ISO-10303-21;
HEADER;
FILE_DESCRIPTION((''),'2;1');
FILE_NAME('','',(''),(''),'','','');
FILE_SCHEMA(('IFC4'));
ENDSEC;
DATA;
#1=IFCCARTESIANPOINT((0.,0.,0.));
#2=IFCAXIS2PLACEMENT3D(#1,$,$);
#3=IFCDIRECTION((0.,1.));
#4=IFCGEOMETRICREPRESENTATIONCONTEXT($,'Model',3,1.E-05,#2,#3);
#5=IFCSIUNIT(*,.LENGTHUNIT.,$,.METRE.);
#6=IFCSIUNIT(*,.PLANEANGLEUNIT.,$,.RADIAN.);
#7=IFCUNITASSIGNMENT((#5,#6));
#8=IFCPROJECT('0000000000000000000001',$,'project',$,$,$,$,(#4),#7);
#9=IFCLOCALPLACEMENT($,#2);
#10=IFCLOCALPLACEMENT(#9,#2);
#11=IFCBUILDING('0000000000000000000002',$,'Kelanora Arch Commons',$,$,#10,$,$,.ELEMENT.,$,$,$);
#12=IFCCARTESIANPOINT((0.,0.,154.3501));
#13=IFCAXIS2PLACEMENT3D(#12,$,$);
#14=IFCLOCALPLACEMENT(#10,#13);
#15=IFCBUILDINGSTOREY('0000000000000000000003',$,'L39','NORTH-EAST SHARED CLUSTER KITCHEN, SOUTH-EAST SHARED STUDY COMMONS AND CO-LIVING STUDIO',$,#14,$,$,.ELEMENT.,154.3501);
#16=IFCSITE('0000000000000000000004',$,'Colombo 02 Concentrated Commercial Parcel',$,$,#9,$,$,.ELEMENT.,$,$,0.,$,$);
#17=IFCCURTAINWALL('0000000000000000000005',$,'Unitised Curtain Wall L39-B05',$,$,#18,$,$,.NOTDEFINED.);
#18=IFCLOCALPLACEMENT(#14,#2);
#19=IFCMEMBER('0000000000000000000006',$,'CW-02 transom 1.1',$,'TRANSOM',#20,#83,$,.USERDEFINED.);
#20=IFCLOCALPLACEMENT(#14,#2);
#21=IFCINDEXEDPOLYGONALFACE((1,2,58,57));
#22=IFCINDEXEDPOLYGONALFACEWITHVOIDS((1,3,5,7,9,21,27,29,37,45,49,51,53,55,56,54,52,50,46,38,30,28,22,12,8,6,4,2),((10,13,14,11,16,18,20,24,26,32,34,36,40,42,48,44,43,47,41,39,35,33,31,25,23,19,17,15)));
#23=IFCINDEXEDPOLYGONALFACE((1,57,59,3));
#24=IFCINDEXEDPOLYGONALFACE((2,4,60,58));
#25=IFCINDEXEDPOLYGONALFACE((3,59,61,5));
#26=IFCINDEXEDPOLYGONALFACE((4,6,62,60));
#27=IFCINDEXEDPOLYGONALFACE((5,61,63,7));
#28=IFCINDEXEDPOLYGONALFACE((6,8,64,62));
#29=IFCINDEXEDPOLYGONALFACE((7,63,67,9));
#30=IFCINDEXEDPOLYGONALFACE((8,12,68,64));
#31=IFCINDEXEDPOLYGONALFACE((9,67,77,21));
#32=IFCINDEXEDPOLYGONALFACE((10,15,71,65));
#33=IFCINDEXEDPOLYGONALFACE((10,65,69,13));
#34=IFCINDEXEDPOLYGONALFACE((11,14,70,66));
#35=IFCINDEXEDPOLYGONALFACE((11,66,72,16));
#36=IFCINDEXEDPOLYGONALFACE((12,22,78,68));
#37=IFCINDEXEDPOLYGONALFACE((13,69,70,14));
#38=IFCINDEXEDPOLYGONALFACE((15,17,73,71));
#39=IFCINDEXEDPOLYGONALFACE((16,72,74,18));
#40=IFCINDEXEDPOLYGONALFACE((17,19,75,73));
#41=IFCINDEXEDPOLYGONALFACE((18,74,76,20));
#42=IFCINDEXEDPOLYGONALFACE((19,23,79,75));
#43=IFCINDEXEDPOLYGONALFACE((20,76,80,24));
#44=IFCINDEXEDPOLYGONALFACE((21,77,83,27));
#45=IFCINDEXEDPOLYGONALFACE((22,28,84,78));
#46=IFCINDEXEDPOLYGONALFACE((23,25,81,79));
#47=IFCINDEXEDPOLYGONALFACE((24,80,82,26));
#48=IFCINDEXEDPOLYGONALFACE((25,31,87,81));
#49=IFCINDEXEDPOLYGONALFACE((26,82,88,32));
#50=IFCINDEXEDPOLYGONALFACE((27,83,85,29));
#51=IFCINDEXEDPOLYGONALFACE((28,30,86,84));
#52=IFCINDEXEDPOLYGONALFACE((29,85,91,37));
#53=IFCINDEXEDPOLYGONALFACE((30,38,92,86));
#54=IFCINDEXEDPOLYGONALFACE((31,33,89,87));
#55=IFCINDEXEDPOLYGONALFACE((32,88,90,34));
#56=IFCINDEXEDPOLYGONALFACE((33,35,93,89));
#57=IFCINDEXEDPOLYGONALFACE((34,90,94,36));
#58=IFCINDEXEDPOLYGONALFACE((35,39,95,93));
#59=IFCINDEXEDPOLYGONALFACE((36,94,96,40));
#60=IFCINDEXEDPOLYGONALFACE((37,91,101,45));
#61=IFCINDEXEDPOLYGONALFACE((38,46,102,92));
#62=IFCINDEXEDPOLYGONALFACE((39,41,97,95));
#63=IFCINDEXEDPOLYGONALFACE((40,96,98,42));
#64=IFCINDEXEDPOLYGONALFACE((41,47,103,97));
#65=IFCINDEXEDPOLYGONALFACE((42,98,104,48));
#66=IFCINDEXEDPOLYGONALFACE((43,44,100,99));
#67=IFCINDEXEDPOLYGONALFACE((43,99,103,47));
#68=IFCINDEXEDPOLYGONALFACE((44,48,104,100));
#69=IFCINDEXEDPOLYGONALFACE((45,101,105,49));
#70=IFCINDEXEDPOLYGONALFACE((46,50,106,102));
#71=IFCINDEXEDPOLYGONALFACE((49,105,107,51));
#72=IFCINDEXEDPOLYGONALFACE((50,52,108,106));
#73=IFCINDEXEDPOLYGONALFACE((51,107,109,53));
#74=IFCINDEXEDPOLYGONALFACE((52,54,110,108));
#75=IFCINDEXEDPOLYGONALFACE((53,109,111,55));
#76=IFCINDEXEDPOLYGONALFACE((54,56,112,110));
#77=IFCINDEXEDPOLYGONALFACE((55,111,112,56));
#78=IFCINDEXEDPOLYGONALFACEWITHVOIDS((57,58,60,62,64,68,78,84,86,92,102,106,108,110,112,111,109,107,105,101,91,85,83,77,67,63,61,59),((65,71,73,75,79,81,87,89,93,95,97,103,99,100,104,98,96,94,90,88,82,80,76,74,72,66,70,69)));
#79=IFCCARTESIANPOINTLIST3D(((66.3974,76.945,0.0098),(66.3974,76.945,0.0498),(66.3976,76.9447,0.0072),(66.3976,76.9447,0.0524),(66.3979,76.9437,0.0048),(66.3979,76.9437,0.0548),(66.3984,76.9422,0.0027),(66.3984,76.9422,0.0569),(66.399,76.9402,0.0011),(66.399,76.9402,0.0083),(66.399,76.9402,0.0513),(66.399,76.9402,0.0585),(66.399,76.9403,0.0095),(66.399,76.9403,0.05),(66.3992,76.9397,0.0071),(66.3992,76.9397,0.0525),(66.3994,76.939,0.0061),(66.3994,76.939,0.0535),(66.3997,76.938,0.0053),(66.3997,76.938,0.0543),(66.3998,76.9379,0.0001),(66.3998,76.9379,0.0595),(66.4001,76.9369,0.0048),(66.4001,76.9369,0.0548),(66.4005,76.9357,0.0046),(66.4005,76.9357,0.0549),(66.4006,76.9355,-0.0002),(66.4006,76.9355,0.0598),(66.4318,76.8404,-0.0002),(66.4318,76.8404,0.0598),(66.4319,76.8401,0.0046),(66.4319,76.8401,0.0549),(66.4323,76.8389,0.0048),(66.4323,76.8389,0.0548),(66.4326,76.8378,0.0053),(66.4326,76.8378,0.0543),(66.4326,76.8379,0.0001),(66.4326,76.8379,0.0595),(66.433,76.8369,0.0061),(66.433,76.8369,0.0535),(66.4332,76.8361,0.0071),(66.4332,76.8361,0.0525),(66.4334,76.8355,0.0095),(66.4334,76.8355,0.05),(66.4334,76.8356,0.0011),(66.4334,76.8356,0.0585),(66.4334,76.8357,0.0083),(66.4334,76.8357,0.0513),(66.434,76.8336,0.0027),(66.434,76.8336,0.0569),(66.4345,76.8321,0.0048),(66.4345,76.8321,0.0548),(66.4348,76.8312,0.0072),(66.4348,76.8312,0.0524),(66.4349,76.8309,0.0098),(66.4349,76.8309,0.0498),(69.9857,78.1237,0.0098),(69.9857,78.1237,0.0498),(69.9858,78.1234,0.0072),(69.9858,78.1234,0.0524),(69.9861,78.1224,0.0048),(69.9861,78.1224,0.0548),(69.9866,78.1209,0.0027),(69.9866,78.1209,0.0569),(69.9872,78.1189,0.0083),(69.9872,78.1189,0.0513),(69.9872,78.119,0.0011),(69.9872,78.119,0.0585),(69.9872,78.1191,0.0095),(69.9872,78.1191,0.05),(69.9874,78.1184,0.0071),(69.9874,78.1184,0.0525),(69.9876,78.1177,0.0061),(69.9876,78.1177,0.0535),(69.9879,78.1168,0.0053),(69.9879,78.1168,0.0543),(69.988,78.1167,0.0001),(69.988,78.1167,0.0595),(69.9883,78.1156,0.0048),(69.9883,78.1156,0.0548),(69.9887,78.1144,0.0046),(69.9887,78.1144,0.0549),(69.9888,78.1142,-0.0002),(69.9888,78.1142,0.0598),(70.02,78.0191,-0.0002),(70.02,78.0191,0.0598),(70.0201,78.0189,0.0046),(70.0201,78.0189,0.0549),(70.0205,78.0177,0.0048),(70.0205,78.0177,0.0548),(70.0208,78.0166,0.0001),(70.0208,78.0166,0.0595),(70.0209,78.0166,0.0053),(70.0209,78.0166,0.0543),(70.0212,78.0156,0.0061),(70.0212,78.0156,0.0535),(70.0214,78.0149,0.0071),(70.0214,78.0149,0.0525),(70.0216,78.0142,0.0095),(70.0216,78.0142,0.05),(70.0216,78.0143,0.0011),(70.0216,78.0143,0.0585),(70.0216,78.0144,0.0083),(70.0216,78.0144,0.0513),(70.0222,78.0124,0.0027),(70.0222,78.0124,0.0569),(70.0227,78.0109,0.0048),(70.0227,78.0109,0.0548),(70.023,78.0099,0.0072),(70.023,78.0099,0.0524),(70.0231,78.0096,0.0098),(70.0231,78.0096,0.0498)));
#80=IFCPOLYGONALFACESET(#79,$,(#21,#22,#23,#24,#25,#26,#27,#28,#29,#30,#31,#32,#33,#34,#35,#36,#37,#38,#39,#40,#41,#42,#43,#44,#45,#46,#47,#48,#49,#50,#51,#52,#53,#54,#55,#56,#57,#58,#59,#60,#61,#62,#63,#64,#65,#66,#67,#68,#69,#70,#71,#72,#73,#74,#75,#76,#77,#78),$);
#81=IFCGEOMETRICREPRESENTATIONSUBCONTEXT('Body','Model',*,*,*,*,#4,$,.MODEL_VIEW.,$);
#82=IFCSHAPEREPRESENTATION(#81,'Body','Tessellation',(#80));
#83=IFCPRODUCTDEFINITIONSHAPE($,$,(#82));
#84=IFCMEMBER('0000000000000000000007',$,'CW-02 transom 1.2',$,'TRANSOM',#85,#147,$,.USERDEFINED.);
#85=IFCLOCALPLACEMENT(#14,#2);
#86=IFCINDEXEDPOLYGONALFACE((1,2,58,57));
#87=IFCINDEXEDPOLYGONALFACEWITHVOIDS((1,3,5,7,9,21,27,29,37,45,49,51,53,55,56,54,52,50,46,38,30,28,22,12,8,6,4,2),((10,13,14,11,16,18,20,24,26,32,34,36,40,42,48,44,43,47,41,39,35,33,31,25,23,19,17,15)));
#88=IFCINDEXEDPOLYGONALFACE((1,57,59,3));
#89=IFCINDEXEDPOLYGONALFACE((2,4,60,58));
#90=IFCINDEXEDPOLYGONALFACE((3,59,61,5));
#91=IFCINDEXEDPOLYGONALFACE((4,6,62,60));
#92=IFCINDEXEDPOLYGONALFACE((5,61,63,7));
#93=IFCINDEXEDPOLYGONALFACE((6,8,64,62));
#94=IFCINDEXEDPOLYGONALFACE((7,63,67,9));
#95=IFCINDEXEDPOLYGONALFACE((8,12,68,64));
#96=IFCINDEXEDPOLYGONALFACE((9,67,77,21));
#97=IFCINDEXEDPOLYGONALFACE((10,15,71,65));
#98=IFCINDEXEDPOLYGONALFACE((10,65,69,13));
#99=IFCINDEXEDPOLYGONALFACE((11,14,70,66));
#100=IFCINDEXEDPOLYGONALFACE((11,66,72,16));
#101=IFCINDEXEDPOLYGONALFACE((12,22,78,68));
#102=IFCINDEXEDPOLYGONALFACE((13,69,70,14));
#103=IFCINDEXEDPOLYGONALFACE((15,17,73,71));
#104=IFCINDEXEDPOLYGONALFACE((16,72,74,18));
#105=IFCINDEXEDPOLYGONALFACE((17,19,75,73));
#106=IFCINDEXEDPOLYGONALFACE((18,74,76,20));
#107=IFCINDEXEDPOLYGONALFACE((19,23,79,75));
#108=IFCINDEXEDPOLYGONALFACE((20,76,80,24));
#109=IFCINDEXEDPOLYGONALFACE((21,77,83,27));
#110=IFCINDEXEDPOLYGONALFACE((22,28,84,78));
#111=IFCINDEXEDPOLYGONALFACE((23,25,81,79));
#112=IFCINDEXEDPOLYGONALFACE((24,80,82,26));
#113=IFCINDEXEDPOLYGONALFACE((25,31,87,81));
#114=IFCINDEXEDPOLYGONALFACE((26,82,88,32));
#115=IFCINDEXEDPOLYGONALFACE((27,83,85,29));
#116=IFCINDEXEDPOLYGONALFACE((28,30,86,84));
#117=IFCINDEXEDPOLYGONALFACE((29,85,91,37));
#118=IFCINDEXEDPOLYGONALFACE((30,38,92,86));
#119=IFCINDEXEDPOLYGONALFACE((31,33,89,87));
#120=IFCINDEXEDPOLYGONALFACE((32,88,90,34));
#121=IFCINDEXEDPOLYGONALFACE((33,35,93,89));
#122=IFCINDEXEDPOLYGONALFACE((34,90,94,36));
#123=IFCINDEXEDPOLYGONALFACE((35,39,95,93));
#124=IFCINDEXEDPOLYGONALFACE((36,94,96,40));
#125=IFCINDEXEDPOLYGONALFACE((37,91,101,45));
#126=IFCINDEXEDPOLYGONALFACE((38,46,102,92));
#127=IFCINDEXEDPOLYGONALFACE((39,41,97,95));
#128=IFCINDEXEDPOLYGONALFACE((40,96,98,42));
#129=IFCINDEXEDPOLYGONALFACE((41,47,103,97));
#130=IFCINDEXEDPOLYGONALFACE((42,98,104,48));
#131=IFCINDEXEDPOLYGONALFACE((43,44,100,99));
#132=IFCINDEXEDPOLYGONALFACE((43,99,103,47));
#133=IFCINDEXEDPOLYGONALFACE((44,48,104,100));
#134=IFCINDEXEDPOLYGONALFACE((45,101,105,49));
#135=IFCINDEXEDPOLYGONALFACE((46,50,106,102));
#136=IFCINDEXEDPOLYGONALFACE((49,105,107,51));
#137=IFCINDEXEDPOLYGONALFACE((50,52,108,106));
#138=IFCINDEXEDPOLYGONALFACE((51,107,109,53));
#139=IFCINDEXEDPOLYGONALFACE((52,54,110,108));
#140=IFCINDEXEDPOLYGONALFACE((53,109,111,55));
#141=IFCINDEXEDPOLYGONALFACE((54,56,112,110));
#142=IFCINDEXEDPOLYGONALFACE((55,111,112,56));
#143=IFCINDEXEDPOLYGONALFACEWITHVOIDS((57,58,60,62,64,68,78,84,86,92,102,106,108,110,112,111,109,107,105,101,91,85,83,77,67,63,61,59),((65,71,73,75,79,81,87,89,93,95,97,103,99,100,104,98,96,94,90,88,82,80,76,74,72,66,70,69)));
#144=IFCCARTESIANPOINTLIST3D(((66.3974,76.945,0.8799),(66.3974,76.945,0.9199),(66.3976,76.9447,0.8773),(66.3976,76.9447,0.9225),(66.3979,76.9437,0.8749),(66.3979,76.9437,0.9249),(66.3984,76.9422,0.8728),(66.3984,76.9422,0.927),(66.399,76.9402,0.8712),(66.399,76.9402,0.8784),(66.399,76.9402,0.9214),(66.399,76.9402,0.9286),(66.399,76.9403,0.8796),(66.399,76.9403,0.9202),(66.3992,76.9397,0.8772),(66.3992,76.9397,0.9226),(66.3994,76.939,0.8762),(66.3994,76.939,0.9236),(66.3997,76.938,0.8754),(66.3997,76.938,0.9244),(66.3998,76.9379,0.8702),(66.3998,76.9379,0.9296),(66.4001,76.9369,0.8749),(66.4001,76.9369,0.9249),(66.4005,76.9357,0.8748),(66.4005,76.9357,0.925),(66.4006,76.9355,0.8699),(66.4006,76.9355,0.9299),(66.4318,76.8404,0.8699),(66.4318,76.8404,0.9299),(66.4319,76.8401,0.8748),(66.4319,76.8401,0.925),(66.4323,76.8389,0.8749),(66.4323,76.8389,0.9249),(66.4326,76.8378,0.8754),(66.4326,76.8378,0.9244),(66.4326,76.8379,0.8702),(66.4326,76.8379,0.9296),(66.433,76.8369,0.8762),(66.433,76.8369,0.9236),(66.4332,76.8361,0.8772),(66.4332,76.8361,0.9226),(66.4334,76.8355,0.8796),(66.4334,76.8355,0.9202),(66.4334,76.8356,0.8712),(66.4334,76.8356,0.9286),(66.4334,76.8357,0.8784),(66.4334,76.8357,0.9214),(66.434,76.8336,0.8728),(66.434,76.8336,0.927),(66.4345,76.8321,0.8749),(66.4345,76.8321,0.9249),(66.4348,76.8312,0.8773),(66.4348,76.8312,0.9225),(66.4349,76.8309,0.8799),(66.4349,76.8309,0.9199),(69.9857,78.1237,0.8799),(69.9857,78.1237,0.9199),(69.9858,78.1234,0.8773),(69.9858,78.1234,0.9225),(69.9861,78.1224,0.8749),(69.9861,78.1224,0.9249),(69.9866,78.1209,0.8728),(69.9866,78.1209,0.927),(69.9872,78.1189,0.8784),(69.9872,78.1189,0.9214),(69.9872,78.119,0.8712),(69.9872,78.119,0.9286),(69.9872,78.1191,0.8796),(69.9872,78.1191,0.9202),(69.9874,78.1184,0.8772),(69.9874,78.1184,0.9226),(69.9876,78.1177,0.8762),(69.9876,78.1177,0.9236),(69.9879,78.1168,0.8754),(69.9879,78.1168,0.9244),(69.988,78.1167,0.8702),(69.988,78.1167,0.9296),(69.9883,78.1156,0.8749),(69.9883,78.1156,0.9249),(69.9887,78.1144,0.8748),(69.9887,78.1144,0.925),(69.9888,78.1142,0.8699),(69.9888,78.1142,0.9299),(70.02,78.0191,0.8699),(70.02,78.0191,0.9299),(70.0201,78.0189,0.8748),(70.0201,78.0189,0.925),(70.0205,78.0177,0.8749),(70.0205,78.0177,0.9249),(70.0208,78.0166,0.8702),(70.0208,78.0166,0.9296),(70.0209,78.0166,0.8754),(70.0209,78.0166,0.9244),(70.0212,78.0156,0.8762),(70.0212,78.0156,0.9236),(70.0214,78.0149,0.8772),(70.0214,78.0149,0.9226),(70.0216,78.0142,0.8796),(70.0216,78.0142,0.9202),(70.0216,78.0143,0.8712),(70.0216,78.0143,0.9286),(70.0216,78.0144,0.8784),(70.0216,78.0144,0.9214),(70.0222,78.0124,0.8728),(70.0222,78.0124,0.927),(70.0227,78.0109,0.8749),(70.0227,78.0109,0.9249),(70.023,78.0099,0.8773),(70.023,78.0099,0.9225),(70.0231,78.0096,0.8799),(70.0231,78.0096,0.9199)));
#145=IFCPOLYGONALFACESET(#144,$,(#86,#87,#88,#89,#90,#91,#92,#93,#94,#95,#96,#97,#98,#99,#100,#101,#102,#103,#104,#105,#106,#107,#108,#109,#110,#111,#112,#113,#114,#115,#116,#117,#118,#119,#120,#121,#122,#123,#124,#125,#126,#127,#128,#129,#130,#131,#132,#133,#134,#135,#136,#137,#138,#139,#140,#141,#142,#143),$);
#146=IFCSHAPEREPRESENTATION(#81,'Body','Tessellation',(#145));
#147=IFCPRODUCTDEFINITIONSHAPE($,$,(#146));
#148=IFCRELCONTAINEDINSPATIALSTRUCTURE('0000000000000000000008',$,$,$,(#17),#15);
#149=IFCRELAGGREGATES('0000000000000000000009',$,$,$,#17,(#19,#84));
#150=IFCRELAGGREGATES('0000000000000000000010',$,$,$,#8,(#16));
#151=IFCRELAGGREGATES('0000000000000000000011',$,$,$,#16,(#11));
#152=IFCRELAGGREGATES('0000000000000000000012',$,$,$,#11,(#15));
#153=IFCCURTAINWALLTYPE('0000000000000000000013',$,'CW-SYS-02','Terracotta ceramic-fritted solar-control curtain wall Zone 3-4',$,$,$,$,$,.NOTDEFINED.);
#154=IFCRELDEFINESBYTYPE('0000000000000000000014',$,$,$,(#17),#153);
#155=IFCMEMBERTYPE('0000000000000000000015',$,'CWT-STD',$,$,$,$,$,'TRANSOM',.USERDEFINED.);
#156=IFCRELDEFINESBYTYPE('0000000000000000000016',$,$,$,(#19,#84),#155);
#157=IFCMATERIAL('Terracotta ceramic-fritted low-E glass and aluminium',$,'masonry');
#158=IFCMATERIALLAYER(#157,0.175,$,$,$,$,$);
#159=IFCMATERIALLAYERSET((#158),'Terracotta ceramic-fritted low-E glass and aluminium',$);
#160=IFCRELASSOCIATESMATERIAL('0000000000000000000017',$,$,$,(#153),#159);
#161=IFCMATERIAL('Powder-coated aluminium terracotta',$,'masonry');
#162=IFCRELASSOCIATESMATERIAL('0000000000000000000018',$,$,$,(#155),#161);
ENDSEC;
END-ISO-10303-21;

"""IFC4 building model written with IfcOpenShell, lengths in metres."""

from ifc_helpers import new_model, si_unit, direction, frame, origin, origin_2d, place, context, subcontext, project, spatial, hollow_rectangle, extrude, material, layer, layer_set, material_profile, profile_set, type_object, element, aggregate, save


model = new_model("IFC4")

# Units and contexts
model_context = context("Model", 3, precision=1e-05, world=origin(), true_north=direction((0.0, 1.0)))
body_context = subcontext(model_context, "Body", "Model", "MODEL_VIEW")
ifc_project = project(units=[si_unit("LENGTHUNIT", "METRE"), si_unit("PLANEANGLEUNIT", "RADIAN")], contexts=[model_context])

# Site, building, storey
site_placement = place(None, origin())
site = spatial("IfcSite", under=ifc_project, at=site_placement, Name="Colombo 02 Concentrated Commercial Parcel", CompositionType="ELEMENT", RefElevation=0.0)
building_placement = place(site_placement, origin())
building = spatial("IfcBuilding", under=site, at=building_placement, Name="Kelanora Arch Commons", CompositionType="ELEMENT")
storey_placement = place(building_placement, frame((0.0, 0.0, 154.3501)))
storey = spatial("IfcBuildingStorey", under=building, at=storey_placement, Name="L39", Description="NORTH-EAST SHARED CLUSTER KITCHEN, SOUTH-EAST SHARED STUDY COMMONS AND CO-LIVING STUDIO", CompositionType="ELEMENT", Elevation=154.3501)

# Curtain wall, members
ifc_material_1 = material(Name="Terracotta ceramic-fritted low-E glass and aluminium", Category="masonry")
ifc_layer_1 = layer(ifc_material_1, 0.175)
ifc_layer_set_1 = layer_set([ifc_layer_1], Name="Terracotta ceramic-fritted low-E glass and aluminium")
curtain_wall_type = type_object("IfcCurtainWallType", Name="CW-SYS-02", Description="Terracotta ceramic-fritted solar-control curtain wall Zone 3-4", PredefinedType="NOTDEFINED", material=ifc_layer_set_1)
curtain_wall_placement = place(storey_placement, origin())
curtain_wall = element("IfcCurtainWall", 1, at=curtain_wall_placement, inside=storey, type_object=curtain_wall_type, Name="Unitised Curtain Wall L39-B05", PredefinedType="NOTDEFINED")
ifc_material_2 = material(Name="Powder-coated aluminium terracotta", Category="masonry")
ifc_material_profile_1 = material_profile(ifc_material_2, hollow_rectangle(XDim=0.1201, YDim=0.0601, WallThickness=0.0049, InnerFilletRadius=0.0049, OuterFilletRadius=0.01, at=origin_2d()), Name="CWT120x60")
ifc_profile_set_1 = profile_set([ifc_material_profile_1], Name="Powder-coated aluminium terracotta")
member_type_1 = type_object("IfcMemberType", Name="CWT-STD", ElementType="TRANSOM", PredefinedType="USERDEFINED", material=ifc_profile_set_1)
member_1_placement = place(storey_placement, frame((70.0044, 78.0667, 0.0298), z_axis=(-0.950051, -0.312094, 0.0), x_axis=(0.312094, -0.950051, 0.0)))
member_1 = element("IfcMember", 2, at=member_1_placement, type_object=member_type_1, Name="CW-02 transom 1.1", ObjectType="TRANSOM", PredefinedType="USERDEFINED", context=body_context, shape_type="SweptSolid", body=[
    extrude(hollow_rectangle(XDim=0.1201, YDim=0.0601, WallThickness=0.0049, InnerFilletRadius=0.0049, OuterFilletRadius=0.01, at=origin_2d()), origin(), (0.0, 0.0, 1.0), 3.7769),
])
member_2_placement = place(storey_placement, frame((70.0044, 78.0667, 0.8999), z_axis=(-0.950051, -0.312094, 0.0), x_axis=(0.312094, -0.950051, 0.0)))
member_2 = element("IfcMember", 3, at=member_2_placement, type_object=member_type_1, Name="CW-02 transom 1.2", ObjectType="TRANSOM", PredefinedType="USERDEFINED", context=body_context, shape_type="SweptSolid", body=[
    extrude(hollow_rectangle(XDim=0.1201, YDim=0.0601, WallThickness=0.0049, InnerFilletRadius=0.0049, OuterFilletRadius=0.01, at=origin_2d()), origin(), (0.0, 0.0, 1.0), 3.7769),
])
aggregate(curtain_wall, [member_1, member_2])

save(model, "model.ifc")
